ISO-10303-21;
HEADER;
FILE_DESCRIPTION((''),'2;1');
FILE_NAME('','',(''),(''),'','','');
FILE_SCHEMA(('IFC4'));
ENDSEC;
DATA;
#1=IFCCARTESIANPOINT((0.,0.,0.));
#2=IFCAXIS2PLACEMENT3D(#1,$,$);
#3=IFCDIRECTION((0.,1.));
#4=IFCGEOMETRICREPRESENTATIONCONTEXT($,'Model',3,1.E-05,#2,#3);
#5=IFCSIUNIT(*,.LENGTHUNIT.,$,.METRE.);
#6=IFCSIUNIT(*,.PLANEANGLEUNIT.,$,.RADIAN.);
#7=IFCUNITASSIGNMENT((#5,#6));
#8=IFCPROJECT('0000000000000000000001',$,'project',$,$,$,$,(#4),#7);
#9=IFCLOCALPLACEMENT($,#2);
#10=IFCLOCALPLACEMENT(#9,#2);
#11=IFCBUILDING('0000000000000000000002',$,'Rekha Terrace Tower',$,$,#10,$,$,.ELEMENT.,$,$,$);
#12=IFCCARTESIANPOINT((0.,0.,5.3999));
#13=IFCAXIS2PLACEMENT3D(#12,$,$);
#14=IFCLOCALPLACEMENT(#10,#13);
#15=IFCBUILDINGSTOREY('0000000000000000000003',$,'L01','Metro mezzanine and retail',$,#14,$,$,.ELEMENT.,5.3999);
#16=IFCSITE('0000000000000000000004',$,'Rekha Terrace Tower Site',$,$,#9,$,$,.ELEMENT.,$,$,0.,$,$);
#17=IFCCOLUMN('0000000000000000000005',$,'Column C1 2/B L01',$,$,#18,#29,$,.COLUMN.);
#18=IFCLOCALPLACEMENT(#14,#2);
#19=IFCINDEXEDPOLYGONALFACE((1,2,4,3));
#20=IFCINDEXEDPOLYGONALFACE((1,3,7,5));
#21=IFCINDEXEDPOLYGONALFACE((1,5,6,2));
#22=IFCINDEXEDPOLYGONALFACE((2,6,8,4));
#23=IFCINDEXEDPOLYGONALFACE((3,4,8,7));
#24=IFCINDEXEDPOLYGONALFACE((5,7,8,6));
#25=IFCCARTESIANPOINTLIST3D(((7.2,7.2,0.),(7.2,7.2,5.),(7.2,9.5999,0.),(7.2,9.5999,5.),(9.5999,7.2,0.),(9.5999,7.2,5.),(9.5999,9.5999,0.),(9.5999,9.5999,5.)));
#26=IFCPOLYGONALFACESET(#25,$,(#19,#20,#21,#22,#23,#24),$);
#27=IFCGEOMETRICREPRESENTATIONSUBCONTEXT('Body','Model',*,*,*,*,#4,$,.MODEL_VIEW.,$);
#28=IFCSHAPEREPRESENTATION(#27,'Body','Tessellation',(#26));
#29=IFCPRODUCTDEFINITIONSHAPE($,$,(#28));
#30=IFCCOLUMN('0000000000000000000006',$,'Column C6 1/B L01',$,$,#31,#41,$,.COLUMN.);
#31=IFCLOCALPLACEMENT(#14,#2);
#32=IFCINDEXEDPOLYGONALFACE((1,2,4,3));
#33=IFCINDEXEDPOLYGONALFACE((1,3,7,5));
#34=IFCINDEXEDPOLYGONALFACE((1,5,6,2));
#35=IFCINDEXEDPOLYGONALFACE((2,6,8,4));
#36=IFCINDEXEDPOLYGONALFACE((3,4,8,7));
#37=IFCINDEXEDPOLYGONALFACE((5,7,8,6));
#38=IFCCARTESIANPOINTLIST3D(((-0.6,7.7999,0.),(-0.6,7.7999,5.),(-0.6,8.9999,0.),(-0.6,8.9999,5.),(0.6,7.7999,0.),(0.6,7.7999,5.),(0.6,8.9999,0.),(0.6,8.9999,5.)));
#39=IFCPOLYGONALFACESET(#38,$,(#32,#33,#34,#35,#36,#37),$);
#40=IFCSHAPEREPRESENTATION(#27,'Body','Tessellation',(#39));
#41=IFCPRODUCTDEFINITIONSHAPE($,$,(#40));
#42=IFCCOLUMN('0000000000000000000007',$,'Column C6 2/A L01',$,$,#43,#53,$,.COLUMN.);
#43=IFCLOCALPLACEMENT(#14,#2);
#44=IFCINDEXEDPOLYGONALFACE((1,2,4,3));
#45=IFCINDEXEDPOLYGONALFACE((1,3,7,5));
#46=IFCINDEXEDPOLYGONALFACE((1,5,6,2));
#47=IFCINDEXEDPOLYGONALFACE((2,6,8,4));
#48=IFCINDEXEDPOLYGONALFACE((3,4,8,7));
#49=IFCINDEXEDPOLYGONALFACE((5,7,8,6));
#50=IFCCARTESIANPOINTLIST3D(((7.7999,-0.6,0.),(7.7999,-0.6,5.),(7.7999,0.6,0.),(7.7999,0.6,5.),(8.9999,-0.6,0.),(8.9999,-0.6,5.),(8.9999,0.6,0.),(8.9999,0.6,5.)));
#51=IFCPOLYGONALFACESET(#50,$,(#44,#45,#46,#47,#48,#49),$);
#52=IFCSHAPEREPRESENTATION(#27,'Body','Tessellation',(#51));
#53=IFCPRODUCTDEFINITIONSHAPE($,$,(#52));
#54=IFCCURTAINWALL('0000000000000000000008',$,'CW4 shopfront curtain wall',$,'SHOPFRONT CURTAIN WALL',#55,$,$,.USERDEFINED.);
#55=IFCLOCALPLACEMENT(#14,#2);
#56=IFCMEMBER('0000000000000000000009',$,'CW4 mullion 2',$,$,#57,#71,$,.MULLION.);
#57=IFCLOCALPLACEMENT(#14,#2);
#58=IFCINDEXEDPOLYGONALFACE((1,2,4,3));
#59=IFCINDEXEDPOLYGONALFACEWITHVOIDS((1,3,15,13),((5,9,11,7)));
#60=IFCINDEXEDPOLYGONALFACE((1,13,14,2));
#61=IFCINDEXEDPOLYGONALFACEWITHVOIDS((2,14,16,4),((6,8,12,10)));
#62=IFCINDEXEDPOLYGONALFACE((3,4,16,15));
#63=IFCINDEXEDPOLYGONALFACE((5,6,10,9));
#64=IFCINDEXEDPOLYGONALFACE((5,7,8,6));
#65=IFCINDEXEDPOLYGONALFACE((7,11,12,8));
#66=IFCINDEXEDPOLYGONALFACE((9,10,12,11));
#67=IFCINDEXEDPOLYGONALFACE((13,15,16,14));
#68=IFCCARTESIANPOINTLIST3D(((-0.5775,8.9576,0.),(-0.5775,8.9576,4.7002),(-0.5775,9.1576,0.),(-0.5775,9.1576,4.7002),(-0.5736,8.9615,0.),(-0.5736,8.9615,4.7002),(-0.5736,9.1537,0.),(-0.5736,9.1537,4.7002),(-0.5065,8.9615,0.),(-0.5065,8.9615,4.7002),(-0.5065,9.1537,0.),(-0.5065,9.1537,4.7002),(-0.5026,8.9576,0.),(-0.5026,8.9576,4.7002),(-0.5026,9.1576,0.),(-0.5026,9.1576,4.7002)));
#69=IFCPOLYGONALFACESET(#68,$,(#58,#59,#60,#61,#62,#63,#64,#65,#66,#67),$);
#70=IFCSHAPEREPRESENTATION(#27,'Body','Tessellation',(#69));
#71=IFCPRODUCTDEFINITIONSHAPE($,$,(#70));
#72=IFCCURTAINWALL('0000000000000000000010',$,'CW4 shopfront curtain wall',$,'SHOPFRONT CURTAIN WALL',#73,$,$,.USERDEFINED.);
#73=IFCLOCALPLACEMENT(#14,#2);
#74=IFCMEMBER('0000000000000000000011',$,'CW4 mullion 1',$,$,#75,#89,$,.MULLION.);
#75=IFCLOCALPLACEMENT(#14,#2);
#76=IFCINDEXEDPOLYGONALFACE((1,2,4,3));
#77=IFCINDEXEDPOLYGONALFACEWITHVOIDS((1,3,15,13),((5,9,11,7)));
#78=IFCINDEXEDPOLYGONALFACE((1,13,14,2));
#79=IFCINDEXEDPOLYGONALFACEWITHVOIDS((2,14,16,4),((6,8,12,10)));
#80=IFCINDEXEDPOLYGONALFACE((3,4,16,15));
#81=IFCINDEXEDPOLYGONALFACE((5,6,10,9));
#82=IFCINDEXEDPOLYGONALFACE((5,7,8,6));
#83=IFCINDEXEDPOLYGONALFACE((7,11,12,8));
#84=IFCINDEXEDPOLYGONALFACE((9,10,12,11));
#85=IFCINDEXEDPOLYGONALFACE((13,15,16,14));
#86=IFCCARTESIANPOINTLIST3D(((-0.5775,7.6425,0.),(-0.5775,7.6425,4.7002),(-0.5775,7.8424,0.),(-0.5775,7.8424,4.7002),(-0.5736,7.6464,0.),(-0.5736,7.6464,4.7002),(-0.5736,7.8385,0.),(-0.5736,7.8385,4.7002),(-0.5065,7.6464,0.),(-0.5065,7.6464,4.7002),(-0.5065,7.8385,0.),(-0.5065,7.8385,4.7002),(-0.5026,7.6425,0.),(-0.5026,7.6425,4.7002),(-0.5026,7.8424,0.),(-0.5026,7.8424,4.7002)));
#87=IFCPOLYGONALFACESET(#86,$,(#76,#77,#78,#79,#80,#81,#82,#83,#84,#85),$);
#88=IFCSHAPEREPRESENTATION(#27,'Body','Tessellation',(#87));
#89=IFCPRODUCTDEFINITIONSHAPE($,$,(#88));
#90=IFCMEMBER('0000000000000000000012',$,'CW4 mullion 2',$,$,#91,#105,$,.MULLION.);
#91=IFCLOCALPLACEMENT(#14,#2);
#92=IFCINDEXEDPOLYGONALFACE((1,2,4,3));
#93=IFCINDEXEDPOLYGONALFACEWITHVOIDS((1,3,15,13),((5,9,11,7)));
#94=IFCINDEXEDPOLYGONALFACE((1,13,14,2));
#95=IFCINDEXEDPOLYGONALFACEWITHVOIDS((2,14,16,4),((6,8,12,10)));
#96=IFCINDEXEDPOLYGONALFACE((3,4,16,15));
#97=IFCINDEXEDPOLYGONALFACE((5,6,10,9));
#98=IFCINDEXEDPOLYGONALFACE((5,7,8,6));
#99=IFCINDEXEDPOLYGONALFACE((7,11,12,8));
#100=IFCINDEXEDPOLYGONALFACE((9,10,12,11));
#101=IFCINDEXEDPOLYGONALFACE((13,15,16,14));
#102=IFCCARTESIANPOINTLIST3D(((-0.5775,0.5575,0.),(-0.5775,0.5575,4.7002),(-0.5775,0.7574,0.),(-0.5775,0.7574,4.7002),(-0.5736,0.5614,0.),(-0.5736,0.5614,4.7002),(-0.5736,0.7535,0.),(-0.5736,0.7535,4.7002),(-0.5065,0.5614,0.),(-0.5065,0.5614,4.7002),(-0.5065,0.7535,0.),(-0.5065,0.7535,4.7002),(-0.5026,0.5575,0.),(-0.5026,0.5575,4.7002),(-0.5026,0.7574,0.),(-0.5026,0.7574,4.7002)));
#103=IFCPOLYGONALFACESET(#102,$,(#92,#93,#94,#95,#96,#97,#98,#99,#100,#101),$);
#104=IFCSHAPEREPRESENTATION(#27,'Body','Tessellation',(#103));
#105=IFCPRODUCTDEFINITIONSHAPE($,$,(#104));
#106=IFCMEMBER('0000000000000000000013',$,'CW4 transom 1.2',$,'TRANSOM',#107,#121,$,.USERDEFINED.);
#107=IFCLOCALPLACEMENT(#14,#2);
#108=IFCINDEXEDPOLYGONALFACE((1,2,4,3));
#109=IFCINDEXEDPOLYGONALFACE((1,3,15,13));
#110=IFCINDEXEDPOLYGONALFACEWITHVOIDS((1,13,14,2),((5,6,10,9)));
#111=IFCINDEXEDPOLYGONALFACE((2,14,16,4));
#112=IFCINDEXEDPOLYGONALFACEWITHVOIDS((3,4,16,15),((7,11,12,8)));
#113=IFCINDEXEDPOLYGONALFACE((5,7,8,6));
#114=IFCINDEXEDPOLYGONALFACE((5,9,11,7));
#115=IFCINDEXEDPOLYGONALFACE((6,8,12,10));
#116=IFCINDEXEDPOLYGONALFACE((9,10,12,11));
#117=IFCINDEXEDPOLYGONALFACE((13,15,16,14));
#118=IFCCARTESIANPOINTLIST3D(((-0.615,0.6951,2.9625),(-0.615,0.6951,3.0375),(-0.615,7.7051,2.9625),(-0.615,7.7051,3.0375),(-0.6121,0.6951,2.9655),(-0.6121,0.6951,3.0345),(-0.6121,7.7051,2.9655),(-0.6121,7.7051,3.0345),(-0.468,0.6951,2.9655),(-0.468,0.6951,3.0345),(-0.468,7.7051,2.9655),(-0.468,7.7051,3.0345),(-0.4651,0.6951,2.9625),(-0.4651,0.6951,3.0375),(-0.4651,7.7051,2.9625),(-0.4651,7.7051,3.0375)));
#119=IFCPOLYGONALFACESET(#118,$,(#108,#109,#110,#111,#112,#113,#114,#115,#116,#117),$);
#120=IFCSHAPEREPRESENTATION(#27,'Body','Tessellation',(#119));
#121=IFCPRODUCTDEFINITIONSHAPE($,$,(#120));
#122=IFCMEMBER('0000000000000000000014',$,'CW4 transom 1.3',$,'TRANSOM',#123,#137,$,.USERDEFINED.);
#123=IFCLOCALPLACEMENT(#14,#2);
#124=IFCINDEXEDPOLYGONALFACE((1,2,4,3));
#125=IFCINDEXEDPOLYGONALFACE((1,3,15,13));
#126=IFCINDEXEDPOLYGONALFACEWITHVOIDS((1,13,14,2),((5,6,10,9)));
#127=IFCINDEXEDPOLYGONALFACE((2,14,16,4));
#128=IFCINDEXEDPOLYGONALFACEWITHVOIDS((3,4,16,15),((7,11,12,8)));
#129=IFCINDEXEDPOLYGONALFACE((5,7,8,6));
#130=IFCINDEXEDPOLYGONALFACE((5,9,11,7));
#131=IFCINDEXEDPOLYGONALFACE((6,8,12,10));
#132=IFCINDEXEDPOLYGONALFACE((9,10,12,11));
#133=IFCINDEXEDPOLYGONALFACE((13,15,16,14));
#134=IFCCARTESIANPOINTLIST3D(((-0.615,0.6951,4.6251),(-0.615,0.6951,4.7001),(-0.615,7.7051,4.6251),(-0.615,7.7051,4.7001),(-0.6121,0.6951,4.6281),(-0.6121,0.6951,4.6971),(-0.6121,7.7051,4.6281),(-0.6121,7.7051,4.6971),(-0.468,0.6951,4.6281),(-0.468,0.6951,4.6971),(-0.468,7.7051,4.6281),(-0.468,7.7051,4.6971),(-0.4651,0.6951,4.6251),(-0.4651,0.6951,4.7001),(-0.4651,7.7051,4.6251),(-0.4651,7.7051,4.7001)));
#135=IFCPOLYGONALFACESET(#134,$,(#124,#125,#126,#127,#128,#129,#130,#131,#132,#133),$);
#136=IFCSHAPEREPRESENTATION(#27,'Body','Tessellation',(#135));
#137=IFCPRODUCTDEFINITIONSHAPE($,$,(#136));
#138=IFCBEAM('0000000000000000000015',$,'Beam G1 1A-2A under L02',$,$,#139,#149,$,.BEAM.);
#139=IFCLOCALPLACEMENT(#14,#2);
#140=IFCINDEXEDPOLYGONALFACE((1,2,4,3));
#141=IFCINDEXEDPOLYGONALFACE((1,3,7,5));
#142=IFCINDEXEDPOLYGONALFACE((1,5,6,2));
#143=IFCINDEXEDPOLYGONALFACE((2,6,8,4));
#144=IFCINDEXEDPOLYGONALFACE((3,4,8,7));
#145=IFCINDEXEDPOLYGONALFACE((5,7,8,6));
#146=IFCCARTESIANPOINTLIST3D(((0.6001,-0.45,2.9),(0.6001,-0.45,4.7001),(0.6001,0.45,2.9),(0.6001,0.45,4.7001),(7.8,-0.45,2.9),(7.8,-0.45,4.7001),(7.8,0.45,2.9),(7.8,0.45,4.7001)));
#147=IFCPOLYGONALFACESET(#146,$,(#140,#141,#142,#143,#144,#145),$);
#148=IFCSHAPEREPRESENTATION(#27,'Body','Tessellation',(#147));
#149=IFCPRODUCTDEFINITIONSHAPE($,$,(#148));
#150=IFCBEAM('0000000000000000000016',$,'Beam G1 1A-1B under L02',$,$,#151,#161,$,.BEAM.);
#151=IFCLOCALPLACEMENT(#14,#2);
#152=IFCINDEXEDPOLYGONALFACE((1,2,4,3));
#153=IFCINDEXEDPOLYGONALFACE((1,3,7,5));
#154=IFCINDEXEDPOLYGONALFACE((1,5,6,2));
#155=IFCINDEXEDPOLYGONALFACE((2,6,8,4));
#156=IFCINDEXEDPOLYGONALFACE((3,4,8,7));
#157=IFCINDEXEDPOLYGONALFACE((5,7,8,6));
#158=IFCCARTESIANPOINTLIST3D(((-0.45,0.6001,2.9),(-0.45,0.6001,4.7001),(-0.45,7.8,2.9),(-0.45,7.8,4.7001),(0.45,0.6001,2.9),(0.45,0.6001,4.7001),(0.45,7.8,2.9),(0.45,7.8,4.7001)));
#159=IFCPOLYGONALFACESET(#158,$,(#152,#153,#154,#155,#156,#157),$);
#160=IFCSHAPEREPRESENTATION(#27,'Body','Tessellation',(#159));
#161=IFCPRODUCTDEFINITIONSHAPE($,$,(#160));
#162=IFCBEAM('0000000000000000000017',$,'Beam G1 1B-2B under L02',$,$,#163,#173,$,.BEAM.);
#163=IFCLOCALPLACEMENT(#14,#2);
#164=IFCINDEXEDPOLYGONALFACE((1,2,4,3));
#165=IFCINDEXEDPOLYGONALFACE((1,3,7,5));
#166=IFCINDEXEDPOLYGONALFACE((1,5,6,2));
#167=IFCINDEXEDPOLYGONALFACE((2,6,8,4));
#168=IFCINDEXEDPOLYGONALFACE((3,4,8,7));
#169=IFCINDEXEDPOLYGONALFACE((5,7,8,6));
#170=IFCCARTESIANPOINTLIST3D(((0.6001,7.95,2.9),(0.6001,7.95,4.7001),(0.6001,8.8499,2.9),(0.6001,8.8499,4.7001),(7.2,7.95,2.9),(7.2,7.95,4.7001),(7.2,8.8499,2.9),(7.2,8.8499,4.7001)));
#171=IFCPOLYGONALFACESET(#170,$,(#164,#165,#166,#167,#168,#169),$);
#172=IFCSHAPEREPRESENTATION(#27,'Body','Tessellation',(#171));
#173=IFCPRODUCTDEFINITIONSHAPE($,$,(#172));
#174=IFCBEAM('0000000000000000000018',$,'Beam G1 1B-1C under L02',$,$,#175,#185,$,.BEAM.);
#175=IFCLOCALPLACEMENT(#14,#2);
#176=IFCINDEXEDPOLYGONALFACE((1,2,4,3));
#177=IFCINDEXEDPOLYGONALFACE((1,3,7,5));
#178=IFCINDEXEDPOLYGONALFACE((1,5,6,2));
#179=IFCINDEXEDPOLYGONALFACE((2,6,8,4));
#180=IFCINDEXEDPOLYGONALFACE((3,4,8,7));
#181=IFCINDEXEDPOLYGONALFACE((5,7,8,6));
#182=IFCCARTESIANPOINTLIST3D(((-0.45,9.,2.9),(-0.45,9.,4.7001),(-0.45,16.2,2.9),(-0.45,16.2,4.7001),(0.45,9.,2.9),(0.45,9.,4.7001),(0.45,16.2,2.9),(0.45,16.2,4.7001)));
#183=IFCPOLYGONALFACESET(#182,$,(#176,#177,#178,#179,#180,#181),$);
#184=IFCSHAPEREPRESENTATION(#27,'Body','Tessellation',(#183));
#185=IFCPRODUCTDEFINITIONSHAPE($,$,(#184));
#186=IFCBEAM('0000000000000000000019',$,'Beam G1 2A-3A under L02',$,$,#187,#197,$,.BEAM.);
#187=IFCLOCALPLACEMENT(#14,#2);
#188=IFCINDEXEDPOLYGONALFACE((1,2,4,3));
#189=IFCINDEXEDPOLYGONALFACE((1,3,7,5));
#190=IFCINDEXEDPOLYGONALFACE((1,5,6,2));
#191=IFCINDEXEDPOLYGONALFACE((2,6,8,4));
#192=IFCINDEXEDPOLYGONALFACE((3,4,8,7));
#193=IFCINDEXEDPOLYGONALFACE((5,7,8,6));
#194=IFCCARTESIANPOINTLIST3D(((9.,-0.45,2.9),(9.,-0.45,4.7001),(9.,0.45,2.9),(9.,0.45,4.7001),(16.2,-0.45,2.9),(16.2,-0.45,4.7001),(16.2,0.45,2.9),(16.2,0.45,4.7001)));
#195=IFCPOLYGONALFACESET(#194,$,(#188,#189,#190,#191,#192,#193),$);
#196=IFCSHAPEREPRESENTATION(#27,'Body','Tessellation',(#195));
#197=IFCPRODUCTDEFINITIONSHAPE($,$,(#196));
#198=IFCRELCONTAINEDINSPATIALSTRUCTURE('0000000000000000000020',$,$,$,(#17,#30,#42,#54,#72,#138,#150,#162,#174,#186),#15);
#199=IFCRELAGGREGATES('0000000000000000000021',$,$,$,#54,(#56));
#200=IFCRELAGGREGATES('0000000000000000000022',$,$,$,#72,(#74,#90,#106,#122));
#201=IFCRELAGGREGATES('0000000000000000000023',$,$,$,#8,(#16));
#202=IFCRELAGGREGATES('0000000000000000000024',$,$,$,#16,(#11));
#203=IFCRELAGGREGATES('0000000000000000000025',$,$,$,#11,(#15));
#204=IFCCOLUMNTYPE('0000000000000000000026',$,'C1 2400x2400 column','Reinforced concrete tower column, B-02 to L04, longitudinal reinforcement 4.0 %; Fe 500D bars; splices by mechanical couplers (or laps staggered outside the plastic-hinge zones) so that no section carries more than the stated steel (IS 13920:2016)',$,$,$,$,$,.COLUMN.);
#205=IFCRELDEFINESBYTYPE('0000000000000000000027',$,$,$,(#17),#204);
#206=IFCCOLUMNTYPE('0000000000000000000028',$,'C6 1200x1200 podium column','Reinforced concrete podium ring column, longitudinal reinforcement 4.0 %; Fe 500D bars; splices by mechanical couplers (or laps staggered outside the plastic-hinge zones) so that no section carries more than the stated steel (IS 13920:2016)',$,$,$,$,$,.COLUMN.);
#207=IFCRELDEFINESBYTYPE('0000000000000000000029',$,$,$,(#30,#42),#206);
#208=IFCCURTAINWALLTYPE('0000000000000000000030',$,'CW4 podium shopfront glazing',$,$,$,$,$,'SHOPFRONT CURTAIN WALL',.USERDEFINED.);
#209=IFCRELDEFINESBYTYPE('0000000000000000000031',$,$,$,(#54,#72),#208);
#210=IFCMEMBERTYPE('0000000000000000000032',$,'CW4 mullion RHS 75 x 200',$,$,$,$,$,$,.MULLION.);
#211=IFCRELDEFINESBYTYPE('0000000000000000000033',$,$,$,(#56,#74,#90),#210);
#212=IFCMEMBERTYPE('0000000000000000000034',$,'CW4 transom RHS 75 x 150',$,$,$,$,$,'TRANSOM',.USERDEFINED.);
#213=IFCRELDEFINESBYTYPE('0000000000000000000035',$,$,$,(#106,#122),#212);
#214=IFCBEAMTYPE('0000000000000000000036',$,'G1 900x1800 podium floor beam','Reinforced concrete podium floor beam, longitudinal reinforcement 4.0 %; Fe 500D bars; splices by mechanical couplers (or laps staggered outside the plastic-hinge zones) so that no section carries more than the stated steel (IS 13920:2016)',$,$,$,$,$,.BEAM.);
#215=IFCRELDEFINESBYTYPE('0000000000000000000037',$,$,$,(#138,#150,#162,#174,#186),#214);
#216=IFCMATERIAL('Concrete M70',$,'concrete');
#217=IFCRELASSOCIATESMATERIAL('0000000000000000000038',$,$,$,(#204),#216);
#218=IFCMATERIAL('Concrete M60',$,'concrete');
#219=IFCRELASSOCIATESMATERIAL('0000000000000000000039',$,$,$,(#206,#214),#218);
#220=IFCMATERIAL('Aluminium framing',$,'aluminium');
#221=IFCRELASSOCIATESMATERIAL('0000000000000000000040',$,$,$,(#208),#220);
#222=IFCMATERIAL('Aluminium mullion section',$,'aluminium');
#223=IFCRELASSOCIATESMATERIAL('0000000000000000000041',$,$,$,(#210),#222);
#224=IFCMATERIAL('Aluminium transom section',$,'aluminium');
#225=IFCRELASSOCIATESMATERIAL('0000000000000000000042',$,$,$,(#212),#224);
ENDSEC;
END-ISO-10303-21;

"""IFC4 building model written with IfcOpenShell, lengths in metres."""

from ifc_helpers import new_model, si_unit, direction, frame, origin, origin_2d, place, context, subcontext, project, spatial, rectangle, hollow_rectangle, extrude, material, material_profile, profile_set, type_object, element, aggregate, save


model = new_model("IFC4")

# Units and contexts
model_context = context("Model", 3, precision=1e-05, world=origin(), true_north=direction((0.0, 1.0)))
body_context = subcontext(model_context, "Body", "Model", "MODEL_VIEW")
ifc_project = project(units=[si_unit("LENGTHUNIT", "METRE"), si_unit("PLANEANGLEUNIT", "RADIAN")], contexts=[model_context])

# Site, building, storey
site_placement = place(None, origin())
site = spatial("IfcSite", under=ifc_project, at=site_placement, Name="Rekha Terrace Tower Site", CompositionType="ELEMENT", RefElevation=0.0)
building_placement = place(site_placement, origin())
building = spatial("IfcBuilding", under=site, at=building_placement, Name="Rekha Terrace Tower", CompositionType="ELEMENT")
storey_placement = place(building_placement, frame((0.0, 0.0, 5.3999)))
storey = spatial("IfcBuildingStorey", under=building, at=storey_placement, Name="L01", Description="Metro mezzanine and retail", CompositionType="ELEMENT", Elevation=5.3999)

# Columns
ifc_material_1 = material(Name="Concrete M70", Category="concrete")
ifc_material_profile_1 = material_profile(ifc_material_1, rectangle(XDim=2.3999, YDim=2.3999, at=origin_2d()), Name="RC 2400x2400")
ifc_profile_set_1 = profile_set([ifc_material_profile_1], Name="Concrete M70")
column_type_1 = type_object("IfcColumnType", Name="C1 2400x2400 column", Description="Reinforced concrete tower column, B-02 to L04, longitudinal reinforcement 4.0 %; Fe 500D bars; splices by mechanical couplers (or laps staggered outside the plastic-hinge zones) so that no section carries more than the stated steel (IS 13920:2016)", PredefinedType="COLUMN", material=ifc_profile_set_1)
column_placement = place(storey_placement, frame((8.3999, 8.3999, 0.0), z_axis=(0.0, 0.0, 1.0), x_axis=(1.0, 0.0, 0.0)))
element("IfcColumn", 1, at=column_placement, inside=storey, type_object=column_type_1, Name="Column C1 2/B L01", PredefinedType="COLUMN", context=body_context, shape_type="SweptSolid", body=[
    extrude(rectangle(XDim=2.3999, YDim=2.3999, at=origin_2d()), origin(), (0.0, 0.0, 1.0), 5.0),
])
ifc_material_2 = material(Name="Concrete M60", Category="concrete")
ifc_material_profile_2 = material_profile(ifc_material_2, rectangle(XDim=1.2, YDim=1.2, at=origin_2d()), Name="RC 1200x1200")
ifc_profile_set_2 = profile_set([ifc_material_profile_2], Name="Concrete M60")
column_type_2 = type_object("IfcColumnType", Name="C6 1200x1200 podium column", Description="Reinforced concrete podium ring column, longitudinal reinforcement 4.0 %; Fe 500D bars; splices by mechanical couplers (or laps staggered outside the plastic-hinge zones) so that no section carries more than the stated steel (IS 13920:2016)", PredefinedType="COLUMN", material=ifc_profile_set_2)
for number, where, z_axis, x_axis, name in (
    (2, (0.0, 8.3999, 0.0), (0.0, 0.0, 1.0), (1.0, 0.0, 0.0), "Column C6 1/B L01"),
    (3, (8.3999, 0.0, 0.0), (0.0, 0.0, 1.0), (1.0, 0.0, 0.0), "Column C6 2/A L01"),
):
    element("IfcColumn", number, at=place(storey_placement, frame(where, z_axis=z_axis, x_axis=x_axis)), inside=storey, type_object=column_type_2, Name=name, PredefinedType="COLUMN", context=body_context, shape_type="SweptSolid", body=[
        extrude(rectangle(XDim=1.2, YDim=1.2, at=origin_2d()), origin(), (0.0, 0.0, 1.0), 5.0),
    ])

# Curtain wall, member
ifc_material_3 = material(Name="Aluminium framing", Category="aluminium")
curtain_wall_type = type_object("IfcCurtainWallType", Name="CW4 podium shopfront glazing", ElementType="SHOPFRONT CURTAIN WALL", PredefinedType="USERDEFINED", material=ifc_material_3)
curtain_wall_1_placement = place(storey_placement, origin())
curtain_wall_1 = element("IfcCurtainWall", 4, at=curtain_wall_1_placement, inside=storey, type_object=curtain_wall_type, Name="CW4 shopfront curtain wall", ObjectType="SHOPFRONT CURTAIN WALL", PredefinedType="USERDEFINED")
ifc_material_4 = material(Name="Aluminium mullion section", Category="aluminium")
ifc_material_profile_3 = material_profile(ifc_material_4, hollow_rectangle(XDim=0.075, YDim=0.2, WallThickness=0.0039, at=origin_2d()), Name="AL RHS 75x200")
ifc_profile_set_3 = profile_set([ifc_material_profile_3], Name="Aluminium mullion section")
member_type_1 = type_object("IfcMemberType", Name="CW4 mullion RHS 75 x 200", PredefinedType="MULLION", material=ifc_profile_set_3)
member_1_placement = place(storey_placement, frame((-0.54, 9.0576, 0.0), z_axis=(0.0, 0.0, 1.0), x_axis=(1.0, 0.0, 0.0)))
member_1 = element("IfcMember", 5, at=member_1_placement, type_object=member_type_1, Name="CW4 mullion 2", PredefinedType="MULLION", context=body_context, shape_type="SweptSolid", body=[
    extrude(hollow_rectangle(XDim=0.075, YDim=0.2, WallThickness=0.0039, at=origin_2d()), origin(), (0.0, 0.0, 1.0), 4.7002),
])
aggregate(curtain_wall_1, [member_1])

# Curtain wall, members
curtain_wall_2_placement = place(storey_placement, origin())
curtain_wall_2 = element("IfcCurtainWall", 6, at=curtain_wall_2_placement, inside=storey, type_object=curtain_wall_type, Name="CW4 shopfront curtain wall", ObjectType="SHOPFRONT CURTAIN WALL", PredefinedType="USERDEFINED")
member_2_placement = place(storey_placement, frame((-0.54, 7.7424, 0.0), z_axis=(0.0, 0.0, 1.0), x_axis=(1.0, 0.0, 0.0)))
member_2 = element("IfcMember", 7, at=member_2_placement, type_object=member_type_1, Name="CW4 mullion 1", PredefinedType="MULLION", context=body_context, shape_type="SweptSolid", body=[
    extrude(hollow_rectangle(XDim=0.075, YDim=0.2, WallThickness=0.0039, at=origin_2d()), origin(), (0.0, 0.0, 1.0), 4.7002),
])
member_3_placement = place(storey_placement, frame((-0.54, 0.6575, 0.0), z_axis=(0.0, 0.0, 1.0), x_axis=(1.0, 0.0, 0.0)))
member_3 = element("IfcMember", 8, at=member_3_placement, type_object=member_type_1, Name="CW4 mullion 2", PredefinedType="MULLION", context=body_context, shape_type="SweptSolid", body=[
    extrude(hollow_rectangle(XDim=0.075, YDim=0.2, WallThickness=0.0039, at=origin_2d()), origin(), (0.0, 0.0, 1.0), 4.7002),
])
ifc_material_5 = material(Name="Aluminium transom section", Category="aluminium")
ifc_material_profile_4 = material_profile(ifc_material_5, hollow_rectangle(XDim=0.1499, YDim=0.075, WallThickness=0.0029, at=origin_2d()), Name="AL RHS 150x75")
ifc_profile_set_4 = profile_set([ifc_material_profile_4], Name="Aluminium transom section")
member_type_2 = type_object("IfcMemberType", Name="CW4 transom RHS 75 x 150", ElementType="TRANSOM", PredefinedType="USERDEFINED", material=ifc_profile_set_4)
member_4_placement = place(storey_placement, frame((-0.54, 7.7051, 3.0), z_axis=(0.0, -1.0, 0.0), x_axis=(1.0, 0.0, 0.0)))
member_4 = element("IfcMember", 9, at=member_4_placement, type_object=member_type_2, Name="CW4 transom 1.2", ObjectType="TRANSOM", PredefinedType="USERDEFINED", context=body_context, shape_type="SweptSolid", body=[
    extrude(hollow_rectangle(XDim=0.1499, YDim=0.075, WallThickness=0.0029, at=origin_2d()), origin(), (0.0, 0.0, 1.0), 7.01),
])
member_5_placement = place(storey_placement, frame((-0.54, 7.7051, 4.6626), z_axis=(0.0, -1.0, 0.0), x_axis=(1.0, 0.0, 0.0)))
member_5 = element("IfcMember", 10, at=member_5_placement, type_object=member_type_2, Name="CW4 transom 1.3", ObjectType="TRANSOM", PredefinedType="USERDEFINED", context=body_context, shape_type="SweptSolid", body=[
    extrude(hollow_rectangle(XDim=0.1499, YDim=0.075, WallThickness=0.0029, at=origin_2d()), origin(), (0.0, 0.0, 1.0), 7.01),
])

# Beams
ifc_material_profile_5 = material_profile(ifc_material_2, rectangle(XDim=0.8999, YDim=1.8, at=origin_2d()), Name="RC 900x1800")
ifc_profile_set_5 = profile_set([ifc_material_profile_5], Name="Concrete M60")
beam_type = type_object("IfcBeamType", Name="G1 900x1800 podium floor beam", Description="Reinforced concrete podium floor beam, longitudinal reinforcement 4.0 %; Fe 500D bars; splices by mechanical couplers (or laps staggered outside the plastic-hinge zones) so that no section carries more than the stated steel (IS 13920:2016)", PredefinedType="BEAM", material=ifc_profile_set_5)
for number, where, z_axis, x_axis, name in (
    (11, (0.6001, 0.0, 3.8), (1.0, 0.0, 0.0), (0.0, 1.0, 0.0), "Beam G1 1A-2A under L02"),
    (12, (0.0, 0.6001, 3.8), (0.0, 1.0, 0.0), (-1.0, 0.0, 0.0), "Beam G1 1A-1B under L02"),
):
    element("IfcBeam", number, at=place(storey_placement, frame(where, z_axis=z_axis, x_axis=x_axis)), inside=storey, type_object=beam_type, Name=name, PredefinedType="BEAM", context=body_context, shape_type="SweptSolid", body=[
        extrude(rectangle(XDim=0.8999, YDim=1.8, at=origin_2d()), origin(), (0.0, 0.0, 1.0), 7.2),
    ])
beam_1_placement = place(storey_placement, frame((0.6001, 8.3999, 3.8), z_axis=(1.0, 0.0, 0.0), x_axis=(0.0, 1.0, 0.0)))
element("IfcBeam", 13, at=beam_1_placement, inside=storey, type_object=beam_type, Name="Beam G1 1B-2B under L02", PredefinedType="BEAM", context=body_context, shape_type="SweptSolid", body=[
    extrude(rectangle(XDim=0.8999, YDim=1.8, at=origin_2d()), origin(), (0.0, 0.0, 1.0), 6.5999),
])
for number, where, z_axis, x_axis, name in (
    (14, (0.0, 9.0, 3.8), (0.0, 1.0, 0.0), (-1.0, 0.0, 0.0), "Beam G1 1B-1C under L02"),
    (15, (9.0, 0.0, 3.8), (1.0, 0.0, 0.0), (0.0, 1.0, 0.0), "Beam G1 2A-3A under L02"),
):
    element("IfcBeam", number, at=place(storey_placement, frame(where, z_axis=z_axis, x_axis=x_axis)), inside=storey, type_object=beam_type, Name=name, PredefinedType="BEAM", context=body_context, shape_type="SweptSolid", body=[
        extrude(rectangle(XDim=0.8999, YDim=1.8, at=origin_2d()), origin(), (0.0, 0.0, 1.0), 7.2),
    ])

aggregate(curtain_wall_2, [member_2, member_3, member_4, member_5])

save(model, "model.ifc")
